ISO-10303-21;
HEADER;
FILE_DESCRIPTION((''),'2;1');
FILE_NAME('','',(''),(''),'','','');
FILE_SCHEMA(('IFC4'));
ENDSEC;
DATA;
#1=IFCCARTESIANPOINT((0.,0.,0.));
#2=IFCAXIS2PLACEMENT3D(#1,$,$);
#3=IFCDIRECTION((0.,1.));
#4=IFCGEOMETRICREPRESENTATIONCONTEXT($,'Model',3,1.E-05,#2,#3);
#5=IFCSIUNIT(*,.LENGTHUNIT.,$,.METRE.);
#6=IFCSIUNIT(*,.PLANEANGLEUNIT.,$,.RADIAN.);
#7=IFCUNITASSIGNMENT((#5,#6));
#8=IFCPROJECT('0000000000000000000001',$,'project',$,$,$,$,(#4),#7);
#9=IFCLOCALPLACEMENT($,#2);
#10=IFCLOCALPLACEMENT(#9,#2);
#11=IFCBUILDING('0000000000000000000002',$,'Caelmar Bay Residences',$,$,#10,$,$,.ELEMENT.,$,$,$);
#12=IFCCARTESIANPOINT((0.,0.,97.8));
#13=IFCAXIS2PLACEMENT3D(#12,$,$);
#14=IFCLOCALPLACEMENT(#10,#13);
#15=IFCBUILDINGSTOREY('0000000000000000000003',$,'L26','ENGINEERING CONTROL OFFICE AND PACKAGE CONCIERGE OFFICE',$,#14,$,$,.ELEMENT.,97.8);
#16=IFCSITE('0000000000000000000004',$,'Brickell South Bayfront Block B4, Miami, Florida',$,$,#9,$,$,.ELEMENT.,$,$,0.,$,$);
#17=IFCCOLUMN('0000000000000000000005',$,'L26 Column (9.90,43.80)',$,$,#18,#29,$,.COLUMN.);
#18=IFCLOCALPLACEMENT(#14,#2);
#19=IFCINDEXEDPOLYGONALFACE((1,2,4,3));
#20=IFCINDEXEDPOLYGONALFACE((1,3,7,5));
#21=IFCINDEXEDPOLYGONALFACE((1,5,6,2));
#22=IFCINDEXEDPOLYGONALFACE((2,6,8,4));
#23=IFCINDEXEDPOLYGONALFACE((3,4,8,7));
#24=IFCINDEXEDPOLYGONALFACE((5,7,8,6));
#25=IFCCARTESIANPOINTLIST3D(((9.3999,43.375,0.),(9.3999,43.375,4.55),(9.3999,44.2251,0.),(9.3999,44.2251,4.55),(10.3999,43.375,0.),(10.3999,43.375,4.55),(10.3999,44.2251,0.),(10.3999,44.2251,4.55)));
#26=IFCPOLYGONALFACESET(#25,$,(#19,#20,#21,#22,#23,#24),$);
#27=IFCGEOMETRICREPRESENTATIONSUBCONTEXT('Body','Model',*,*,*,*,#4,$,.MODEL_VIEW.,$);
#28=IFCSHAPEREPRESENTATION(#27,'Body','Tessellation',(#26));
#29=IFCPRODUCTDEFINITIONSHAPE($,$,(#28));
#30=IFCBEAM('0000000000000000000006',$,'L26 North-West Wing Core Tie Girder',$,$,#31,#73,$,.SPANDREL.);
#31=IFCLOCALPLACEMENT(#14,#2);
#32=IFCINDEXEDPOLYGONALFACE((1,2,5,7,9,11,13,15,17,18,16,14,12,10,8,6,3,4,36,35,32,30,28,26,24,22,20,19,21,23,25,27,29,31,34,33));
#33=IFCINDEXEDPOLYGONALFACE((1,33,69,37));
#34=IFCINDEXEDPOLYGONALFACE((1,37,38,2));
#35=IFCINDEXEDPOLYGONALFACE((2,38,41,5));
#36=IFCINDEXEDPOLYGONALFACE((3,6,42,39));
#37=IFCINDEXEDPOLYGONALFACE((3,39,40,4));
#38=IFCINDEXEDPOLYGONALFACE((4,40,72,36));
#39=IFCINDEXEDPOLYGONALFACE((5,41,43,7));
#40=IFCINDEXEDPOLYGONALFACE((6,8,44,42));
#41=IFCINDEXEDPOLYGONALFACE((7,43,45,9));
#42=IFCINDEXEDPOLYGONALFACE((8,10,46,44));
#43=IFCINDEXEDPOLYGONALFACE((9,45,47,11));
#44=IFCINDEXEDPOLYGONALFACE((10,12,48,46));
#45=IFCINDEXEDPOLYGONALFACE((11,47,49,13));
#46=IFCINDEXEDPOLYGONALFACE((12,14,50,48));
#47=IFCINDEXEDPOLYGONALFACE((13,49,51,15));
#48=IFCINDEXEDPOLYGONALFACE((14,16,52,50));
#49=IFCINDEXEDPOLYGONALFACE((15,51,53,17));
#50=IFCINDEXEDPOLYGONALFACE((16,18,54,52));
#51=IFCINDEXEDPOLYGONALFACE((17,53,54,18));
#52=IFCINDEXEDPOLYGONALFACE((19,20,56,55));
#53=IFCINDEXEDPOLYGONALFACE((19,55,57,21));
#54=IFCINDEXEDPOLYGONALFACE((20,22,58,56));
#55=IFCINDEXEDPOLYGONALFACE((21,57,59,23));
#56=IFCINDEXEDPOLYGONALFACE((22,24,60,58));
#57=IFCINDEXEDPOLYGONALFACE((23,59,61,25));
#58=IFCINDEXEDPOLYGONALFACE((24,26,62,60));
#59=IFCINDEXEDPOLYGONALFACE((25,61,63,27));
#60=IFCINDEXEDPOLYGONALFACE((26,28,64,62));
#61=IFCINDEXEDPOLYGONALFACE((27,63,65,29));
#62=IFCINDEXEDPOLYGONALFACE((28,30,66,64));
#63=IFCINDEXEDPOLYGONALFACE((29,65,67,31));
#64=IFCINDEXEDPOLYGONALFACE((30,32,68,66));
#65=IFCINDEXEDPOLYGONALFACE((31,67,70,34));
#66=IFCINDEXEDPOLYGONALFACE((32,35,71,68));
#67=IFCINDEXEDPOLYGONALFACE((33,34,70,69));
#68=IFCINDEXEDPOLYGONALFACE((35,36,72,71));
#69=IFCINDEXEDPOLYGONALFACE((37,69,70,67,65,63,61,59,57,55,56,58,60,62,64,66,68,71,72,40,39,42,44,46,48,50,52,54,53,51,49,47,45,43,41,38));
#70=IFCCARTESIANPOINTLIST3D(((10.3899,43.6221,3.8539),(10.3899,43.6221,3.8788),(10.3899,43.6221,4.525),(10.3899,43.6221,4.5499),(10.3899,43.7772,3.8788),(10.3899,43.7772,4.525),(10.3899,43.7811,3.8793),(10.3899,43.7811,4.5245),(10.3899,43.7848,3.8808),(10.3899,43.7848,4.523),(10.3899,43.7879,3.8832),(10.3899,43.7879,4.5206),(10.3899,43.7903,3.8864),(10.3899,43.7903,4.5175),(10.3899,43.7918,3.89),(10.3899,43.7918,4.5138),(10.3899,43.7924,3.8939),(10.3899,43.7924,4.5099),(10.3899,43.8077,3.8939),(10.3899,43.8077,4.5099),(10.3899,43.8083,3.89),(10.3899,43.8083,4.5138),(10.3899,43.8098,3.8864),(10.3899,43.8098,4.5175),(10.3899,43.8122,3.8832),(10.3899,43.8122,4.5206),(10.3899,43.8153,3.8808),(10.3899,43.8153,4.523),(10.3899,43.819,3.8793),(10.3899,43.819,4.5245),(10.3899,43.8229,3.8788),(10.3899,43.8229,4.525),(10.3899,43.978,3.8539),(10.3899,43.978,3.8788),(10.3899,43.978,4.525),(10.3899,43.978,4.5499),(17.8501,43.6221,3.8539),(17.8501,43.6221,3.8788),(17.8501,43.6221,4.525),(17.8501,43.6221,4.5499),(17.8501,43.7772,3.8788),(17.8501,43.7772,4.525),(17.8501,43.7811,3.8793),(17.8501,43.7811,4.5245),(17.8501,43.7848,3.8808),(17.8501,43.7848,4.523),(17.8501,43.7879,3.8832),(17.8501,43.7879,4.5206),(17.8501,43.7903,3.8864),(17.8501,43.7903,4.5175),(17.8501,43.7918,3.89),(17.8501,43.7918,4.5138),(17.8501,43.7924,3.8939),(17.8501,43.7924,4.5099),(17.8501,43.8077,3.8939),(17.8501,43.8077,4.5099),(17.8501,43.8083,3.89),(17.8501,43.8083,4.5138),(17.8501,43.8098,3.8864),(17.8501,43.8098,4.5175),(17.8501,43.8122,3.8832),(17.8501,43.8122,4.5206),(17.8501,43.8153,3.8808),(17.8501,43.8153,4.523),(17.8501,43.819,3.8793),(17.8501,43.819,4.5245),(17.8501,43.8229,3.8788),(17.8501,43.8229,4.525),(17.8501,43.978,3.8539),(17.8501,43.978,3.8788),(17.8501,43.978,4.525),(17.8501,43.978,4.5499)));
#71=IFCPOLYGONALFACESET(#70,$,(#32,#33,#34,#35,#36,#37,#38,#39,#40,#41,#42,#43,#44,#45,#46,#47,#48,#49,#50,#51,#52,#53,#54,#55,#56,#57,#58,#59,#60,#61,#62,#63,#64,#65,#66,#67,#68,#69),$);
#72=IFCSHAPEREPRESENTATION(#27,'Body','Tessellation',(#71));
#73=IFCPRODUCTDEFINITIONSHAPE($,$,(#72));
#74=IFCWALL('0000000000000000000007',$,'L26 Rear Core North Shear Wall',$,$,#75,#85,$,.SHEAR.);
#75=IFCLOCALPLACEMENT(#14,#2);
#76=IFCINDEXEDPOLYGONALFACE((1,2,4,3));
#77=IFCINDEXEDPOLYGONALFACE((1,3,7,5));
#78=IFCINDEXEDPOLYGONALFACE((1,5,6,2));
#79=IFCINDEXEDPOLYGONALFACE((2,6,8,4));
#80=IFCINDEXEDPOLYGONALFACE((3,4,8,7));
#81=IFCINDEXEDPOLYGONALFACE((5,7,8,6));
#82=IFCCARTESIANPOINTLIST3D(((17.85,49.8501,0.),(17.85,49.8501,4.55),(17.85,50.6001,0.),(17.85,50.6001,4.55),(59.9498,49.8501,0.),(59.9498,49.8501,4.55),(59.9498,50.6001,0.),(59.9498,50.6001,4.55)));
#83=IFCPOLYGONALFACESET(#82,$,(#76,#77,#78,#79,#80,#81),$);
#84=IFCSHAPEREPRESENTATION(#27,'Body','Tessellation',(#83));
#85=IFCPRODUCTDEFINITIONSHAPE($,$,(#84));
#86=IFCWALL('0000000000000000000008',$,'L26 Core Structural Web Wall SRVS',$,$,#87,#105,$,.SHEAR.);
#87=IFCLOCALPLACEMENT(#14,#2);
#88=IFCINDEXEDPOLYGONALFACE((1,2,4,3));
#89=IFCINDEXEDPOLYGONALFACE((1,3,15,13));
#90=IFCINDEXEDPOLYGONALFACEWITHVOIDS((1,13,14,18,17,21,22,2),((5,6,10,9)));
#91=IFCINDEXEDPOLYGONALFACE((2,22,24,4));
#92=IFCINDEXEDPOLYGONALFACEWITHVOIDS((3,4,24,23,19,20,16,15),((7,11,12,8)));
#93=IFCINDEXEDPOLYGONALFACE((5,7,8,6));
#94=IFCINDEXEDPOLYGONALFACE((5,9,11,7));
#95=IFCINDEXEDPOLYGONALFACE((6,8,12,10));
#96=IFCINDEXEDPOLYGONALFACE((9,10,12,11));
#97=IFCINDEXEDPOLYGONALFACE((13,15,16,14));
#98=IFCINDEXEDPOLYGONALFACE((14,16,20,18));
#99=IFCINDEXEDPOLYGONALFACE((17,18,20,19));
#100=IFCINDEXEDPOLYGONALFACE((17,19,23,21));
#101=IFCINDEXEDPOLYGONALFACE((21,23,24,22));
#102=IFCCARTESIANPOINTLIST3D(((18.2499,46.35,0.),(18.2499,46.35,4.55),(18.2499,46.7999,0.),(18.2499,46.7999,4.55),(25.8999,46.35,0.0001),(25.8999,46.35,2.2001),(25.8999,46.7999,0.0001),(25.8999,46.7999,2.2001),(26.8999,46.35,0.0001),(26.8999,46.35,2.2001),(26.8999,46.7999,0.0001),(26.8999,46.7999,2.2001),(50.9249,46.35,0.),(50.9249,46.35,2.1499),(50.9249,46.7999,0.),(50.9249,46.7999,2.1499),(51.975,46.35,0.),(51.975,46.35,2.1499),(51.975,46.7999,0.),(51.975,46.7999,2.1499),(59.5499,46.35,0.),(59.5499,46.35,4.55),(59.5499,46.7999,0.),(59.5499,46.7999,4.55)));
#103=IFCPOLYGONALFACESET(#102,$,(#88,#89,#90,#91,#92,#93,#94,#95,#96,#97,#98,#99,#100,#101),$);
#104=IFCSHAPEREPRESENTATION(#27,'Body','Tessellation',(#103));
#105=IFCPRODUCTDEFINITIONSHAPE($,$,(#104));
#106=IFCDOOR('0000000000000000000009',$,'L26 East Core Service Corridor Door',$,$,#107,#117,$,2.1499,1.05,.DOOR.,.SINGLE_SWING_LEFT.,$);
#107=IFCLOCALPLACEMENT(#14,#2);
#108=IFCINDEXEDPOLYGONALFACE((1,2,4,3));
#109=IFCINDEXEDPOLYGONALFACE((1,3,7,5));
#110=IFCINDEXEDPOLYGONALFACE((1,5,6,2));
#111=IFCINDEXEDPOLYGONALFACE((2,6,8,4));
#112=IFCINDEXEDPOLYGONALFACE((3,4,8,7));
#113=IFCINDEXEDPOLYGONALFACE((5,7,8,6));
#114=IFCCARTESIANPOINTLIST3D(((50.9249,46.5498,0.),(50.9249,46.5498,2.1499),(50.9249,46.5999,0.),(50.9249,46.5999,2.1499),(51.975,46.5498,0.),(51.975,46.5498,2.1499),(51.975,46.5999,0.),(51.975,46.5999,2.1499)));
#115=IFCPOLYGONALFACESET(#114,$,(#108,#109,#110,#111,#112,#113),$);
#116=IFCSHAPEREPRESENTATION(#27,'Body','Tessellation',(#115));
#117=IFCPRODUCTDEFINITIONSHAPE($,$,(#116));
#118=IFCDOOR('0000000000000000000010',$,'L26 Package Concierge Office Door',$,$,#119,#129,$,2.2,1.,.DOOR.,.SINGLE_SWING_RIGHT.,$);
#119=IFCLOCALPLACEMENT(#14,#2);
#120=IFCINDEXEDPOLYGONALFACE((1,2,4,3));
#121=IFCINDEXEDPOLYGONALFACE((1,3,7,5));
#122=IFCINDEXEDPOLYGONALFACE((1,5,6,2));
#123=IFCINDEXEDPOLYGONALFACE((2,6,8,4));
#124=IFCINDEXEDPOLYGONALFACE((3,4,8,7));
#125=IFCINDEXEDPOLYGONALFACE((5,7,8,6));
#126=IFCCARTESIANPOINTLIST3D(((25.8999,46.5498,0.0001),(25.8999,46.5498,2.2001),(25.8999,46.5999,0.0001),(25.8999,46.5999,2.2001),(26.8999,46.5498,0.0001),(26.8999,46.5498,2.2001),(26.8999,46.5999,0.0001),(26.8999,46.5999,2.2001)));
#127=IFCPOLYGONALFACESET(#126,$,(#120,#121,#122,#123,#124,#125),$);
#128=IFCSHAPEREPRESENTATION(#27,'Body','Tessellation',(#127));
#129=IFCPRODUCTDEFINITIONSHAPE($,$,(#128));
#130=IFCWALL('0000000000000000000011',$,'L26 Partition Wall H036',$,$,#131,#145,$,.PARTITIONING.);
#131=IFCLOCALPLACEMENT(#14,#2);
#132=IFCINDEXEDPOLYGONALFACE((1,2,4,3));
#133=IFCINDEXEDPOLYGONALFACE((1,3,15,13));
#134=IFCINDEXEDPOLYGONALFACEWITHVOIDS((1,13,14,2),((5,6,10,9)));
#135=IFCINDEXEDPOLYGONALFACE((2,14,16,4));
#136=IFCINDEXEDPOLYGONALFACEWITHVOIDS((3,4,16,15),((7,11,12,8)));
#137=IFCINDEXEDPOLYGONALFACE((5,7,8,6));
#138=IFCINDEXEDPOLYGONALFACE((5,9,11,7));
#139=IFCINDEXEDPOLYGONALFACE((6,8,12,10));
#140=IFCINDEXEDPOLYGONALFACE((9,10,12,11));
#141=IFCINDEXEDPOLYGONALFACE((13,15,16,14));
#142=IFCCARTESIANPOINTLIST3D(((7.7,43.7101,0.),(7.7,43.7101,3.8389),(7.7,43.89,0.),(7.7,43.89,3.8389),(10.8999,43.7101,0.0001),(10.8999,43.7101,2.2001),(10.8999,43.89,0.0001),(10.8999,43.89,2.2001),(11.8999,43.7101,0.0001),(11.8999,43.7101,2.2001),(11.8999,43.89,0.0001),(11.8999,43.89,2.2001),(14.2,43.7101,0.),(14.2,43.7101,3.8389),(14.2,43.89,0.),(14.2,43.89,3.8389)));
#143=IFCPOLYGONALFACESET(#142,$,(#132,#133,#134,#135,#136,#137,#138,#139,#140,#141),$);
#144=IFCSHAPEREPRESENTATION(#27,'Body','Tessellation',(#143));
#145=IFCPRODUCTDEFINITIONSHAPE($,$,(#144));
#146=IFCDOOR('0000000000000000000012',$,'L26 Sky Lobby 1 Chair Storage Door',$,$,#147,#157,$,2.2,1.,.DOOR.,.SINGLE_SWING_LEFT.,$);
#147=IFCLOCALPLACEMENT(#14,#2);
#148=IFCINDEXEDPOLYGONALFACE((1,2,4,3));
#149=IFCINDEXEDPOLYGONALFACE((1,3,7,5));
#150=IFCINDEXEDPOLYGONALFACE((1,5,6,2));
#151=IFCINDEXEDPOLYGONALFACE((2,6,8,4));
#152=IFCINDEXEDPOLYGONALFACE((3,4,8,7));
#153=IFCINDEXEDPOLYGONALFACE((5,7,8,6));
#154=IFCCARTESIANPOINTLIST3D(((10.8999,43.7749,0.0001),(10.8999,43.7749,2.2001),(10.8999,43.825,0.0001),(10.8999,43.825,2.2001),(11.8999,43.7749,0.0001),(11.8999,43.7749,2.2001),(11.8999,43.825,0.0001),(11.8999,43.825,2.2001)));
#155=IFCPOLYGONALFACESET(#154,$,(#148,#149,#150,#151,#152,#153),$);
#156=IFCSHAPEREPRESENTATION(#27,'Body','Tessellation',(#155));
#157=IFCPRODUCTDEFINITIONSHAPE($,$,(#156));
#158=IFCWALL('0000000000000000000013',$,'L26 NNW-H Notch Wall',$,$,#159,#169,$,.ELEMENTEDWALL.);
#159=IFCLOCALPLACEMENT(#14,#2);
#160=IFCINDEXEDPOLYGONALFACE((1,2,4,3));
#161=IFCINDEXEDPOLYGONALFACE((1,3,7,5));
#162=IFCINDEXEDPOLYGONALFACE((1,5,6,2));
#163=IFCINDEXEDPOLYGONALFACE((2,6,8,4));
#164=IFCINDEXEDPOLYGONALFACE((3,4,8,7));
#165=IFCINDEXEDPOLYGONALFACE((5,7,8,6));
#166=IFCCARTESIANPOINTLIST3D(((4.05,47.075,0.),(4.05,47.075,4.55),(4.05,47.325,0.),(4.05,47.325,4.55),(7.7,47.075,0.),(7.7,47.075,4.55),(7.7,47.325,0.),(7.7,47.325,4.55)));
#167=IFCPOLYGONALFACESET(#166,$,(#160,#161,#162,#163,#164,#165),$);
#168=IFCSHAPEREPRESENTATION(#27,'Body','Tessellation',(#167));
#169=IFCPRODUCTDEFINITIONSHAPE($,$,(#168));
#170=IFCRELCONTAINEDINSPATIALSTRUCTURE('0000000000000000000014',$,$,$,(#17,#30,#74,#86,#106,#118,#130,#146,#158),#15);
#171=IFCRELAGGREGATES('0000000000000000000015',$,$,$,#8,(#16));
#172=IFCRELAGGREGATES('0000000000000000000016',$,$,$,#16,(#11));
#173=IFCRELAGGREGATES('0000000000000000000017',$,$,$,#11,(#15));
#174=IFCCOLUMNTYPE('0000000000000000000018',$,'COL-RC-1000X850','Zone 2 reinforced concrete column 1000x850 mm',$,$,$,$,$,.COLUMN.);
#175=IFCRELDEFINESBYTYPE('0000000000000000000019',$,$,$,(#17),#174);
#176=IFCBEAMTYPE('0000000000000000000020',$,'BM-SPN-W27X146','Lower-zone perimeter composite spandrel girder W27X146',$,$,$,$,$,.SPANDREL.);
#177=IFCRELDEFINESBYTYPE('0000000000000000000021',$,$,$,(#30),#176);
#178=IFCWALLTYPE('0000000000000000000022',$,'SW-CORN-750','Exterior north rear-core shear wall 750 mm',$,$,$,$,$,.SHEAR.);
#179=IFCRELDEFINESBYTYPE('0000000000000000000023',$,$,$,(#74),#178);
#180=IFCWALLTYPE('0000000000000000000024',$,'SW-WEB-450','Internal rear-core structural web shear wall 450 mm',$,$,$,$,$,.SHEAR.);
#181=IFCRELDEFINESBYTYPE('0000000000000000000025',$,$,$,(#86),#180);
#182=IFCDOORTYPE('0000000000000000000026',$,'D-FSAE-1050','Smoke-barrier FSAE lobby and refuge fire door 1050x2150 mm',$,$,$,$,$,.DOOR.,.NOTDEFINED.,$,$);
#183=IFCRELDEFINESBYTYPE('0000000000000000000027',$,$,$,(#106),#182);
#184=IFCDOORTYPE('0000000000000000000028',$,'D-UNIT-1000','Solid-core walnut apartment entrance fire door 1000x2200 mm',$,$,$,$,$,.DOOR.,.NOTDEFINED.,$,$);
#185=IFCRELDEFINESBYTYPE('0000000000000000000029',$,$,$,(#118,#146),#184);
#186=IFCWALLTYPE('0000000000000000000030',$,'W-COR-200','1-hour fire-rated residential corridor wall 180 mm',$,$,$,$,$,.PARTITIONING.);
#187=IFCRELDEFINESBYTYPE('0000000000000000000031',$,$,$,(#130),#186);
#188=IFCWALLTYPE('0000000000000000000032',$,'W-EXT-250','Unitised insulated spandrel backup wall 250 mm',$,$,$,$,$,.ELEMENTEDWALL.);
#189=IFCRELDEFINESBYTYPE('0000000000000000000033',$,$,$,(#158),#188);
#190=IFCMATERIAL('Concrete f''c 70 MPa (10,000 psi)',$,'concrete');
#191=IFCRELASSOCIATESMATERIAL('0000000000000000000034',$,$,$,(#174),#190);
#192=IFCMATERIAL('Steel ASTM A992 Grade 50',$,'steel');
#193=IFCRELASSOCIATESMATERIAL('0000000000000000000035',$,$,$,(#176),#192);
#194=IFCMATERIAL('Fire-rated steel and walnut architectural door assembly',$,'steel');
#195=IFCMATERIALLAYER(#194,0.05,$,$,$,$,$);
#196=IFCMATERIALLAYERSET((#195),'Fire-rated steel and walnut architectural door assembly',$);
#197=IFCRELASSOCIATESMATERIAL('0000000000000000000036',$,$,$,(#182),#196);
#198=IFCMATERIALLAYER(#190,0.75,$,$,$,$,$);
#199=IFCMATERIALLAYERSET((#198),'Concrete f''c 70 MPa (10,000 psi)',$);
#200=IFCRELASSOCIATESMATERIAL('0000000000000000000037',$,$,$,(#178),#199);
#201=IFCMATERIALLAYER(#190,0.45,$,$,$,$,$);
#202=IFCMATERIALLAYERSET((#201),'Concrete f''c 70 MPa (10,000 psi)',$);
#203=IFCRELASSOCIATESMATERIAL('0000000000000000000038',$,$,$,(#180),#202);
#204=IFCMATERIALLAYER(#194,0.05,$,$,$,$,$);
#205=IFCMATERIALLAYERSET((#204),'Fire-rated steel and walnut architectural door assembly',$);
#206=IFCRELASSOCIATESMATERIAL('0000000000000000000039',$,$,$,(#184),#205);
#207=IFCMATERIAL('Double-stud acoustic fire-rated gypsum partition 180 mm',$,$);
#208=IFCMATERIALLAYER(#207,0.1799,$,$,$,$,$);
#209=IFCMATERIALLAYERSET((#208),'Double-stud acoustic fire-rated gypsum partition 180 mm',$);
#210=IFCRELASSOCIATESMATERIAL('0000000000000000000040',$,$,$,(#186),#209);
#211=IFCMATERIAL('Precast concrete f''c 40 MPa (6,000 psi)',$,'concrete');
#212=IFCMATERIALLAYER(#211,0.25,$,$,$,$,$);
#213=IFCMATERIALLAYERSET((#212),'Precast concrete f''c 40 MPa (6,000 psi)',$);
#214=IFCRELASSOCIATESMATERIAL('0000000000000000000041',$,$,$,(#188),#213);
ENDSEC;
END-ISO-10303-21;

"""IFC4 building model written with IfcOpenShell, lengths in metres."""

from ifc_helpers import new_model, si_unit, direction, frame, frame_2d, origin, origin_2d, place, context, subcontext, project, spatial, rectangle, i_section, extrude, material, layer, layer_set, material_profile, profile_set, type_object, element, fill, save


model = new_model("IFC4")

# Units and contexts
model_context = context("Model", 3, precision=1e-05, world=origin(), true_north=direction((0.0, 1.0)))
body_context = subcontext(model_context, "Body", "Model", "MODEL_VIEW")
ifc_project = project(units=[si_unit("LENGTHUNIT", "METRE"), si_unit("PLANEANGLEUNIT", "RADIAN")], contexts=[model_context])

# Site, building, storey
site_placement = place(None, origin())
site = spatial("IfcSite", under=ifc_project, at=site_placement, Name="Brickell South Bayfront Block B4, Miami, Florida", CompositionType="ELEMENT", RefElevation=0.0)
building_placement = place(site_placement, origin())
building = spatial("IfcBuilding", under=site, at=building_placement, Name="Caelmar Bay Residences", CompositionType="ELEMENT")
storey_placement = place(building_placement, frame((0.0, 0.0, 97.8)))
storey = spatial("IfcBuildingStorey", under=building, at=storey_placement, Name="L26", Description="ENGINEERING CONTROL OFFICE AND PACKAGE CONCIERGE OFFICE", CompositionType="ELEMENT", Elevation=97.8)

# Column
ifc_material_1 = material(Name="Concrete f'c 70 MPa (10,000 psi)", Category="concrete")
ifc_material_profile_1 = material_profile(ifc_material_1, rectangle(XDim=1.0, YDim=0.8501, at=origin_2d()), Name="RC-COL-1000X850")
ifc_profile_set_1 = profile_set([ifc_material_profile_1], Name="Concrete f'c 70 MPa (10,000 psi)")
column_type = type_object("IfcColumnType", Name="COL-RC-1000X850", Description="Zone 2 reinforced concrete column 1000x850 mm", PredefinedType="COLUMN", material=ifc_profile_set_1)
column_placement = place(storey_placement, frame((9.8999, 43.8, 0.0), z_axis=(0.0, 0.0, 1.0), x_axis=(1.0, 0.0, 0.0)))
element("IfcColumn", 1, at=column_placement, inside=storey, type_object=column_type, Name="L26 Column (9.90,43.80)", PredefinedType="COLUMN", context=body_context, shape_type="SweptSolid", body=[
    extrude(rectangle(XDim=1.0, YDim=0.8501, at=origin_2d()), origin(), (0.0, 0.0, 1.0), 4.55),
])

# Beam
ifc_material_2 = material(Name="Steel ASTM A992 Grade 50", Category="steel")
ifc_material_profile_2 = material_profile(ifc_material_2, i_section(OverallWidth=0.356, OverallDepth=0.696, WebThickness=0.0154, FlangeThickness=0.0249, FilletRadius=0.0151, at=origin_2d()), Name="W27X146")
ifc_profile_set_2 = profile_set([ifc_material_profile_2], Name="Steel ASTM A992 Grade 50")
beam_type = type_object("IfcBeamType", Name="BM-SPN-W27X146", Description="Lower-zone perimeter composite spandrel girder W27X146", PredefinedType="SPANDREL", material=ifc_profile_set_2)
beam_placement = place(storey_placement, frame((10.3899, 43.8, 4.2019), z_axis=(1.0, 0.0, 0.0), x_axis=(0.0, 1.0, 0.0)))
element("IfcBeam", 2, at=beam_placement, inside=storey, type_object=beam_type, Name="L26 North-West Wing Core Tie Girder", PredefinedType="SPANDREL", context=body_context, shape_type="SweptSolid", body=[
    extrude(i_section(OverallWidth=0.356, OverallDepth=0.696, WebThickness=0.0154, FlangeThickness=0.0249, FilletRadius=0.0151, at=origin_2d()), origin(), (0.0, 0.0, 1.0), 7.4602),
])

# Shared definitions
ifc_material_3 = material(Name="Fire-rated steel and walnut architectural door assembly", Category="steel")
ifc_layer_1 = layer(ifc_material_3, 0.05)
ifc_layer_set_1 = layer_set([ifc_layer_1], Name="Fire-rated steel and walnut architectural door assembly")
door_type_1 = type_object("IfcDoorType", Name="D-FSAE-1050", Description="Smoke-barrier FSAE lobby and refuge fire door 1050x2150 mm", OperationType="NOTDEFINED", PredefinedType="DOOR", material=ifc_layer_set_1)

# Wall
ifc_layer_2 = layer(ifc_material_1, 0.75)
ifc_layer_set_2 = layer_set([ifc_layer_2], Name="Concrete f'c 70 MPa (10,000 psi)")
wall_type_1 = type_object("IfcWallType", Name="SW-CORN-750", Description="Exterior north rear-core shear wall 750 mm", PredefinedType="SHEAR", material=ifc_layer_set_2)
wall_1_placement = place(storey_placement, frame((17.8501, 50.2251, 0.0), z_axis=(0.0, 0.0, 1.0), x_axis=(1.0, 0.0, 0.0)))
element("IfcWall", 3, at=wall_1_placement, inside=storey, type_object=wall_type_1, Name="L26 Rear Core North Shear Wall", PredefinedType="SHEAR", context=body_context, shape_type="SweptSolid", body=[
    extrude(rectangle(XDim=42.0999, YDim=0.75, at=frame_2d((21.0498, 0.0))), origin(), (0.0, 0.0, 1.0), 4.55),
])

# Wall, openings, doors
ifc_layer_3 = layer(ifc_material_1, 0.45)
ifc_layer_set_3 = layer_set([ifc_layer_3], Name="Concrete f'c 70 MPa (10,000 psi)")
wall_type_2 = type_object("IfcWallType", Name="SW-WEB-450", Description="Internal rear-core structural web shear wall 450 mm", PredefinedType="SHEAR", material=ifc_layer_set_3)
wall_2_placement = place(storey_placement, frame((18.25, 46.575, 0.0), z_axis=(0.0, 0.0, 1.0), x_axis=(1.0, 0.0, 0.0)))
wall_2 = element("IfcWall", 4, at=wall_2_placement, inside=storey, type_object=wall_type_2, Name="L26 Core Structural Web Wall SRVS", PredefinedType="SHEAR", context=body_context, shape_type="SweptSolid", body=[
    extrude(rectangle(XDim=41.3, YDim=0.45, at=frame_2d((20.6499, 0.0))), origin(), (0.0, 0.0, 1.0), 4.55),
])
opening_1_placement = place(wall_2_placement, frame((7.6499, 0.0, 0.0)))
opening_1 = element("IfcOpeningElement", 5, at=opening_1_placement, cuts=wall_2, PredefinedType="OPENING", context=body_context, shape_type="SweptSolid", body=[
    extrude(rectangle(XDim=1.0, YDim=2.2, at=frame_2d((0.5, 1.1001))), frame((0.0, 0.2349, 0.0), z_axis=(0.0, -1.0, 0.0), x_axis=(1.0, 0.0, 0.0)), (0.0, 0.0, 1.0), 0.47),
])
opening_2_placement = place(wall_2_placement, frame((32.675, 0.0, 0.0)))
opening_2 = element("IfcOpeningElement", 6, at=opening_2_placement, cuts=wall_2, PredefinedType="OPENING", context=body_context, shape_type="SweptSolid", body=[
    extrude(rectangle(XDim=1.05, YDim=2.1499, at=frame_2d((0.5249, 1.075))), frame((0.0, 0.2349, 0.0), z_axis=(0.0, -1.0, 0.0), x_axis=(1.0, 0.0, 0.0)), (0.0, 0.0, 1.0), 0.47),
])
door_1_placement = place(opening_2_placement, origin())
door_1 = element("IfcDoor", 7, at=door_1_placement, inside=storey, type_object=door_type_1, Name="L26 East Core Service Corridor Door", OperationType="SINGLE_SWING_LEFT", OverallHeight=2.1499, OverallWidth=1.05, PredefinedType="DOOR", context=body_context, shape_type="SweptSolid", body=[
    extrude(rectangle(XDim=1.05, YDim=2.1499, at=frame_2d((0.5249, 1.075))), frame((0.0, 0.0249, 0.0), z_axis=(0.0, -1.0, 0.0), x_axis=(1.0, 0.0, 0.0)), (0.0, 0.0, 1.0), 0.05),
])
fill(opening_2, door_1)
ifc_layer_4 = layer(ifc_material_3, 0.05)
ifc_layer_set_4 = layer_set([ifc_layer_4], Name="Fire-rated steel and walnut architectural door assembly")
door_type_2 = type_object("IfcDoorType", Name="D-UNIT-1000", Description="Solid-core walnut apartment entrance fire door 1000x2200 mm", OperationType="NOTDEFINED", PredefinedType="DOOR", material=ifc_layer_set_4)
door_2_placement = place(opening_1_placement, origin())
door_2 = element("IfcDoor", 8, at=door_2_placement, inside=storey, type_object=door_type_2, Name="L26 Package Concierge Office Door", OperationType="SINGLE_SWING_RIGHT", OverallHeight=2.2, OverallWidth=1.0, PredefinedType="DOOR", context=body_context, shape_type="SweptSolid", body=[
    extrude(rectangle(XDim=1.0, YDim=2.2, at=frame_2d((0.5, 1.1001))), frame((0.0, 0.0249, 0.0), z_axis=(0.0, -1.0, 0.0), x_axis=(1.0, 0.0, 0.0)), (0.0, 0.0, 1.0), 0.05),
])
fill(opening_1, door_2)

# Wall, opening, door
ifc_material_4 = material(Name="Double-stud acoustic fire-rated gypsum partition 180 mm")
ifc_layer_5 = layer(ifc_material_4, 0.1799)
ifc_layer_set_5 = layer_set([ifc_layer_5], Name="Double-stud acoustic fire-rated gypsum partition 180 mm")
wall_type_3 = type_object("IfcWallType", Name="W-COR-200", Description="1-hour fire-rated residential corridor wall 180 mm", PredefinedType="PARTITIONING", material=ifc_layer_set_5)
wall_3_placement = place(storey_placement, frame((7.7, 43.8, 0.0), z_axis=(0.0, 0.0, 1.0), x_axis=(1.0, 0.0, 0.0)))
wall_3 = element("IfcWall", 9, at=wall_3_placement, inside=storey, type_object=wall_type_3, Name="L26 Partition Wall H036", PredefinedType="PARTITIONING", context=body_context, shape_type="SweptSolid", body=[
    extrude(rectangle(XDim=6.5, YDim=0.1799, at=frame_2d((3.25, 0.0))), origin(), (0.0, 0.0, 1.0), 3.8389),
])
opening_3_placement = place(wall_3_placement, frame((3.2, 0.0, 0.0)))
opening_3 = element("IfcOpeningElement", 10, at=opening_3_placement, cuts=wall_3, PredefinedType="OPENING", context=body_context, shape_type="SweptSolid", body=[
    extrude(rectangle(XDim=1.0, YDim=2.2, at=frame_2d((0.5, 1.1001))), frame((0.0, 0.0999, 0.0), z_axis=(0.0, -1.0, 0.0), x_axis=(1.0, 0.0, 0.0)), (0.0, 0.0, 1.0), 0.2),
])
door_3_placement = place(opening_3_placement, origin())
door_3 = element("IfcDoor", 11, at=door_3_placement, inside=storey, type_object=door_type_2, Name="L26 Sky Lobby 1 Chair Storage Door", OperationType="SINGLE_SWING_LEFT", OverallHeight=2.2, OverallWidth=1.0, PredefinedType="DOOR", context=body_context, shape_type="SweptSolid", body=[
    extrude(rectangle(XDim=1.0, YDim=2.2, at=frame_2d((0.5, 1.1001))), frame((0.0, 0.0249, 0.0), z_axis=(0.0, -1.0, 0.0), x_axis=(1.0, 0.0, 0.0)), (0.0, 0.0, 1.0), 0.05),
])
fill(opening_3, door_3)

# Wall
ifc_material_5 = material(Name="Precast concrete f'c 40 MPa (6,000 psi)", Category="concrete")
ifc_layer_6 = layer(ifc_material_5, 0.25)
ifc_layer_set_6 = layer_set([ifc_layer_6], Name="Precast concrete f'c 40 MPa (6,000 psi)")
wall_type_4 = type_object("IfcWallType", Name="W-EXT-250", Description="Unitised insulated spandrel backup wall 250 mm", PredefinedType="ELEMENTEDWALL", material=ifc_layer_set_6)
wall_4_placement = place(storey_placement, frame((4.05, 47.2, 0.0), z_axis=(0.0, 0.0, 1.0), x_axis=(1.0, 0.0, 0.0)))
element("IfcWall", 12, at=wall_4_placement, inside=storey, type_object=wall_type_4, Name="L26 NNW-H Notch Wall", PredefinedType="ELEMENTEDWALL", context=body_context, shape_type="SweptSolid", body=[
    extrude(rectangle(XDim=3.6499, YDim=0.25, at=frame_2d((1.825, 0.0))), origin(), (0.0, 0.0, 1.0), 4.55),
])

save(model, "model.ifc")
